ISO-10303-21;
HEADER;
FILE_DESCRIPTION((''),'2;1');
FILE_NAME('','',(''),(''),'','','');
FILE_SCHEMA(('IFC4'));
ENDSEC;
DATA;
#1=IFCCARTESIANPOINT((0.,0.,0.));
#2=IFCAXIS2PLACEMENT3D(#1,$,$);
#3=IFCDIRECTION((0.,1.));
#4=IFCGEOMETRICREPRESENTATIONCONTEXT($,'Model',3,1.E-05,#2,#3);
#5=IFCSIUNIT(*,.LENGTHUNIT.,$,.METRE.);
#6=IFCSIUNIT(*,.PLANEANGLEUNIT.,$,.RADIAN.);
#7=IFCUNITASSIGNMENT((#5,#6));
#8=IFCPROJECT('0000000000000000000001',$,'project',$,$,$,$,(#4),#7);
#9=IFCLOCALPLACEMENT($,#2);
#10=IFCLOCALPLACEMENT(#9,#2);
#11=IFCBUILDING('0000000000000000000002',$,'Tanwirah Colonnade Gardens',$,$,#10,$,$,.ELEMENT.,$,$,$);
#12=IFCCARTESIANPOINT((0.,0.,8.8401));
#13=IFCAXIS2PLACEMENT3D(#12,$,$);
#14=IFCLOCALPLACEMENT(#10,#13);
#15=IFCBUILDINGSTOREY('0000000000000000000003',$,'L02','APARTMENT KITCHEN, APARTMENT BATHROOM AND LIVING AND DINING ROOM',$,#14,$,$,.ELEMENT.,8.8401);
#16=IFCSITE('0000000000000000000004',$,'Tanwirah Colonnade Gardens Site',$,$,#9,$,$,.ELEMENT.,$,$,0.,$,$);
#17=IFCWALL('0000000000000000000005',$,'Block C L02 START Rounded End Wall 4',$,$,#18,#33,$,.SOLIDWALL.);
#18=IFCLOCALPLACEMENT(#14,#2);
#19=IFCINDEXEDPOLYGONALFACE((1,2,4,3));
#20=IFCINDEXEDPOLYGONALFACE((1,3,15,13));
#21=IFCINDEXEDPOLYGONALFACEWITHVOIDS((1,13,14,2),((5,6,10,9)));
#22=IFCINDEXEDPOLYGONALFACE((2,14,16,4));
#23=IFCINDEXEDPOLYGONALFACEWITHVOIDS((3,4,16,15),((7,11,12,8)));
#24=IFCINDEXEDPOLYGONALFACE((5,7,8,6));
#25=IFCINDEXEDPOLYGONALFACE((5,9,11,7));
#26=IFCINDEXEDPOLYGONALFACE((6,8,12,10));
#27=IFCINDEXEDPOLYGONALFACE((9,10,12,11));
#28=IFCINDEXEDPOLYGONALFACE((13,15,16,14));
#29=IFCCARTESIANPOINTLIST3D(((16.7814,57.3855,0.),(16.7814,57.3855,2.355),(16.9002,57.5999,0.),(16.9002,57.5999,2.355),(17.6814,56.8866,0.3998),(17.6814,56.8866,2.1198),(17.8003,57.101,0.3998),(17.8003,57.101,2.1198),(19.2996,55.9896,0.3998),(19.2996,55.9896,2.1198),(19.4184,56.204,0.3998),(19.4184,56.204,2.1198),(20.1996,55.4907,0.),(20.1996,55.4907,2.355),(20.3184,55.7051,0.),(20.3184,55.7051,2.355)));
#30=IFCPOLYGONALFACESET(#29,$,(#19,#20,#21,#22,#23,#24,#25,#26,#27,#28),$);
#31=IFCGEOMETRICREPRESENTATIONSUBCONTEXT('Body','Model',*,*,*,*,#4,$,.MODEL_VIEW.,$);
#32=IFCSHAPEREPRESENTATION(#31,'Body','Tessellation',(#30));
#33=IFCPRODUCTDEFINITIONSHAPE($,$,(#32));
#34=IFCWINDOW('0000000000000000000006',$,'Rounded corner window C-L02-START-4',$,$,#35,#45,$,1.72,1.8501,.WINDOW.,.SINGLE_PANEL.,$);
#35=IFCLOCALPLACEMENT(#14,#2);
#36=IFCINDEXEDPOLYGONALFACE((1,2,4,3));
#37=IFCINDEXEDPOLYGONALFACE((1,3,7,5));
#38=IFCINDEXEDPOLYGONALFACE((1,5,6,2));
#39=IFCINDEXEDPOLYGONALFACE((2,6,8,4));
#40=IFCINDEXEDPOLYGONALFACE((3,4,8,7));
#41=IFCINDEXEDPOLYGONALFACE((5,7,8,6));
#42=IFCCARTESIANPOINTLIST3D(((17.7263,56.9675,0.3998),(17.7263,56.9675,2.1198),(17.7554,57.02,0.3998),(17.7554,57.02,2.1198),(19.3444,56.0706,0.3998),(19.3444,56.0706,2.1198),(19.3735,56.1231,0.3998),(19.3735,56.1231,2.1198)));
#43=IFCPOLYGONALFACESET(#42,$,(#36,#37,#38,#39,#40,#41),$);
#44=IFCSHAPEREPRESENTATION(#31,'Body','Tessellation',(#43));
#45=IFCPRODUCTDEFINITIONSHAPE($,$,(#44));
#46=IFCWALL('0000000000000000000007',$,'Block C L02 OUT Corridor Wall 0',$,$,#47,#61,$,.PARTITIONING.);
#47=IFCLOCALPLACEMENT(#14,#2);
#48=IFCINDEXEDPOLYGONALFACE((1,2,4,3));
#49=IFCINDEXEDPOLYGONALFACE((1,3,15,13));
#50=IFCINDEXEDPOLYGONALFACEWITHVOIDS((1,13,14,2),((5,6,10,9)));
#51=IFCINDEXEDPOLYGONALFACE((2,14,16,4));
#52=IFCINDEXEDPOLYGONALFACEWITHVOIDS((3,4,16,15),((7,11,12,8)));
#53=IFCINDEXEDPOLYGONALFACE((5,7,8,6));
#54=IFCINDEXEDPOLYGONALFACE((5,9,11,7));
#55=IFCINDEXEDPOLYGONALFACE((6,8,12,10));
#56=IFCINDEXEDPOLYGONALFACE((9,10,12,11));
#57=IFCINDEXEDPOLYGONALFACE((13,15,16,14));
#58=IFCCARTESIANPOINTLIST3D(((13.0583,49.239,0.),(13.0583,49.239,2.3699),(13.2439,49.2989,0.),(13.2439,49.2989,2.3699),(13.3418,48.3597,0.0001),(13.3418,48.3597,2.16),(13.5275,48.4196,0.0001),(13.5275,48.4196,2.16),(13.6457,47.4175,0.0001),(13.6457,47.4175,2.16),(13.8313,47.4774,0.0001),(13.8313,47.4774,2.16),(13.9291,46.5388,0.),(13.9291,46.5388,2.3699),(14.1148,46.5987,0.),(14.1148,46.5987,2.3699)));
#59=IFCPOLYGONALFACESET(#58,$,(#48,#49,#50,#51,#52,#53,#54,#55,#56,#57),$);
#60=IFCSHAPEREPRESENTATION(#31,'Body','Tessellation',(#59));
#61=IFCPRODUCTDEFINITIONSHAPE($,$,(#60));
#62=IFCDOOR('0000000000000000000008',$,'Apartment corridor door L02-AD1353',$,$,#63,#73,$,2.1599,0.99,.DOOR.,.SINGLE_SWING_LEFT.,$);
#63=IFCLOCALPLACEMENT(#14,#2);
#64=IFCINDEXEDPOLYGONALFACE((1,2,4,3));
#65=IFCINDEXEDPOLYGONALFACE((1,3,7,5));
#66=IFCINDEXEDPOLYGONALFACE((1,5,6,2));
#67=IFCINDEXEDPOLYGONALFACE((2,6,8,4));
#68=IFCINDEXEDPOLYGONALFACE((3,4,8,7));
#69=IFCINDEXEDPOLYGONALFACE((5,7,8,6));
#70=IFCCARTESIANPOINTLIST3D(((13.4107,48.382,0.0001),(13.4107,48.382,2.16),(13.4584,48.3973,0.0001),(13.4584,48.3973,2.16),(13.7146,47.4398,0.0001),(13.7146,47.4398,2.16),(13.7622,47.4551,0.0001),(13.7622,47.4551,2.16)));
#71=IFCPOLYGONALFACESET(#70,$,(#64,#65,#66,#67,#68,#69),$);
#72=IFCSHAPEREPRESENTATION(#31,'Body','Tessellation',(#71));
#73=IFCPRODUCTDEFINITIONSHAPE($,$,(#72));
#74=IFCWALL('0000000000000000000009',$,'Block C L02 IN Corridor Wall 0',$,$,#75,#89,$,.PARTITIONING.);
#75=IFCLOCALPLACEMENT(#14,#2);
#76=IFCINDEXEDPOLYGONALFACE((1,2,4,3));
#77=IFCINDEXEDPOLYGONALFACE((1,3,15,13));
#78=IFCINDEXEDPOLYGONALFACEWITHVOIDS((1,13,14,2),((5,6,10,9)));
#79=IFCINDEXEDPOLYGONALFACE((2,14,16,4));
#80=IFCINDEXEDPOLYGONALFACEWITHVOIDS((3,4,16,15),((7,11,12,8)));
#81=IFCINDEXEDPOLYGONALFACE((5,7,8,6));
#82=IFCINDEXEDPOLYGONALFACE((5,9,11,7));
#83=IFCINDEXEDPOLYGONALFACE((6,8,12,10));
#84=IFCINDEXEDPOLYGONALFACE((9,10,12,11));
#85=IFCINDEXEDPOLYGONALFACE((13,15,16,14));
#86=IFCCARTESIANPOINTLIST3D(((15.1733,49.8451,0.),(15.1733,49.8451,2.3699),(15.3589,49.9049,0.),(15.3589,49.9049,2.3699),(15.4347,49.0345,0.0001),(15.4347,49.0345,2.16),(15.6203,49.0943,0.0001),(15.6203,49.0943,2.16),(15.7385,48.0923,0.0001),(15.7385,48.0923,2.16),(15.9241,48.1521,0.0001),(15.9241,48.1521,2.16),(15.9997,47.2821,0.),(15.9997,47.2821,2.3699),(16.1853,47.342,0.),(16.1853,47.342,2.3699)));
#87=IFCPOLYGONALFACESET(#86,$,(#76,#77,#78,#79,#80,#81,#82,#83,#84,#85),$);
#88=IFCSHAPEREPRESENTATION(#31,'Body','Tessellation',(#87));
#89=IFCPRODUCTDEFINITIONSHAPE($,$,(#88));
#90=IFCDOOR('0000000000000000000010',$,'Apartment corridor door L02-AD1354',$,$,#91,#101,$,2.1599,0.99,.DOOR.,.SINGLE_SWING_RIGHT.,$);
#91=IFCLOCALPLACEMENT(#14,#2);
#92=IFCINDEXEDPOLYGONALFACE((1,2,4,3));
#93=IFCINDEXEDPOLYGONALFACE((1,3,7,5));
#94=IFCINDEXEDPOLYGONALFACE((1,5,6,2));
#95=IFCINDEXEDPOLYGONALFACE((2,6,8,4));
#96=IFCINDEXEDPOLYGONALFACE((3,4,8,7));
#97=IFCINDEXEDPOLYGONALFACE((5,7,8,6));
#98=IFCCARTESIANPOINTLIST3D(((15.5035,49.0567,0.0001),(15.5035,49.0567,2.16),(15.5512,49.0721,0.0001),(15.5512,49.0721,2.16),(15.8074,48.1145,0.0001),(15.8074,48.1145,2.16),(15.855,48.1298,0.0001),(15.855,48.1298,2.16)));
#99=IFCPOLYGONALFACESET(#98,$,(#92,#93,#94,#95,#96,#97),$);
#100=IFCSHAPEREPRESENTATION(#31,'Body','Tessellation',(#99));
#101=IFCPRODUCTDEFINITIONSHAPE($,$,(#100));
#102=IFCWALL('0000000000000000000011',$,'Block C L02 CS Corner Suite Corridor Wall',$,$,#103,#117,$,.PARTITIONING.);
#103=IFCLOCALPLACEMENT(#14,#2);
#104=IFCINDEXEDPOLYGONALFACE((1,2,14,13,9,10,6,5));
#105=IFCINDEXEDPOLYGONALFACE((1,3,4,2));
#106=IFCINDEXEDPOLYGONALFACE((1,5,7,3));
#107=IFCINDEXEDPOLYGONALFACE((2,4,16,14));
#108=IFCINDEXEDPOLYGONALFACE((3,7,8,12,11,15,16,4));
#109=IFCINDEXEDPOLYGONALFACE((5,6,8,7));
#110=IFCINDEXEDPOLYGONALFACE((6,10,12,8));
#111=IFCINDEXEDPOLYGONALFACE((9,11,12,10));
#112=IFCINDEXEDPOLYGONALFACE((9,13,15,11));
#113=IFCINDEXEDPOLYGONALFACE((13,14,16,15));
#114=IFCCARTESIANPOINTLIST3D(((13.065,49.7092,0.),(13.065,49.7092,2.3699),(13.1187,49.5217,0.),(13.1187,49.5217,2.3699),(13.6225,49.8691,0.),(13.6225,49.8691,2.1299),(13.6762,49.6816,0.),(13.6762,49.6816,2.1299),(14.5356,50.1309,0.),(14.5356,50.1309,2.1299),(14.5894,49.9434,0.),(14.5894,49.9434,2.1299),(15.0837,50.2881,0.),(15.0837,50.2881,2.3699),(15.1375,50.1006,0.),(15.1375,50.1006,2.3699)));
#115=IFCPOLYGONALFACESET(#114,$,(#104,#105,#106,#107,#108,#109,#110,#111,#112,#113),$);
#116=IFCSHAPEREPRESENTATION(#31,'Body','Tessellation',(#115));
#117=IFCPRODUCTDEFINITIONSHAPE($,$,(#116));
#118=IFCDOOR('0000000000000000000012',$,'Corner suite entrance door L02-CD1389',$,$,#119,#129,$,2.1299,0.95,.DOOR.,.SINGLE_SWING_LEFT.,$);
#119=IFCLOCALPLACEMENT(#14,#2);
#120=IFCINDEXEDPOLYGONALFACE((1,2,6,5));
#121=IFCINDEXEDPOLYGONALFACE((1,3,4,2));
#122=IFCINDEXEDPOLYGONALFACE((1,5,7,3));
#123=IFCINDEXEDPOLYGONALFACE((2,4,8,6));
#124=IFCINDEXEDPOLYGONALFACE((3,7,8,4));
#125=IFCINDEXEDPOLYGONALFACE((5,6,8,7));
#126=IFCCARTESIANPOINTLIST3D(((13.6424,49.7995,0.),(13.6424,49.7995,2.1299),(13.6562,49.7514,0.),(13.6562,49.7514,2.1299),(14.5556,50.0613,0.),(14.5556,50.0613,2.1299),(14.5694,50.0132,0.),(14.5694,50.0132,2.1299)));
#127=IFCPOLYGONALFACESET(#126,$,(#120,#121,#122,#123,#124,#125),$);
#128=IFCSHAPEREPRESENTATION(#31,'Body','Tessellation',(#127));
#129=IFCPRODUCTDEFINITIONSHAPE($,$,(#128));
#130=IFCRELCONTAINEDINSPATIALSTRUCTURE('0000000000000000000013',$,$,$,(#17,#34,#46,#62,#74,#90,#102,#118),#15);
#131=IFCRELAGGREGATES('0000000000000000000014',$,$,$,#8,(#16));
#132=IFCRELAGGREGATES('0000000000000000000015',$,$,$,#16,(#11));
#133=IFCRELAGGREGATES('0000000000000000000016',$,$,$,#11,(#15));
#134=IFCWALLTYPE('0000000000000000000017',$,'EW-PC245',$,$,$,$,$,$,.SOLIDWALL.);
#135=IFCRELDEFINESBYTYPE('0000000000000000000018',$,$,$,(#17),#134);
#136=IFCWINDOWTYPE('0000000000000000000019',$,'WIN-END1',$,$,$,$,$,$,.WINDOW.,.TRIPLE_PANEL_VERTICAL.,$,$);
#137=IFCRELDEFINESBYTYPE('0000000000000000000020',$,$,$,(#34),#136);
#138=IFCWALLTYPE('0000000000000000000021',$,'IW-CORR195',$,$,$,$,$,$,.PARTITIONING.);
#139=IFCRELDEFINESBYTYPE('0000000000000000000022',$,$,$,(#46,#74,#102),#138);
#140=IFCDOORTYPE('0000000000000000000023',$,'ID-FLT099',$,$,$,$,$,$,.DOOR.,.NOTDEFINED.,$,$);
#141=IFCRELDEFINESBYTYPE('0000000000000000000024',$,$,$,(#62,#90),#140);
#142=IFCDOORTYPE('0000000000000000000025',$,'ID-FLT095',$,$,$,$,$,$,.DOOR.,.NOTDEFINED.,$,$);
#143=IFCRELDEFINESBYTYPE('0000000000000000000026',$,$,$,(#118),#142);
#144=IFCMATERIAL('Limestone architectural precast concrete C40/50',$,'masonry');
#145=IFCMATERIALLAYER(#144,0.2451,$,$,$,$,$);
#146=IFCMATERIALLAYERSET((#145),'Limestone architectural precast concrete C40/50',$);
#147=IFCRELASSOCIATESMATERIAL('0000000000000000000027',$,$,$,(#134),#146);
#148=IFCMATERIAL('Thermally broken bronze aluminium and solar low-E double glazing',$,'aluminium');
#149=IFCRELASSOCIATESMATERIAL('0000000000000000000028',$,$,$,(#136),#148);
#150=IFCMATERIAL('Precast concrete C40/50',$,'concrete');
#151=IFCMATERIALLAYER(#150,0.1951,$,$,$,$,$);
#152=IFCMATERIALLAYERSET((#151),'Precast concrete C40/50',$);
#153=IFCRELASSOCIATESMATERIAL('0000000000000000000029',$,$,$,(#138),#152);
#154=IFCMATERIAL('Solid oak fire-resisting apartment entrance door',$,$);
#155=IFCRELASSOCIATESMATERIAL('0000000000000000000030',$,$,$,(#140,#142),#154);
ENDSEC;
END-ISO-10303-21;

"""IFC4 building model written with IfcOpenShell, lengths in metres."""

from ifc_helpers import new_model, si_unit, direction, frame, frame_2d, origin, place, context, subcontext, project, spatial, rectangle, extrude, material, layer, layer_set, type_object, element, fill, save


model = new_model("IFC4")

# Units and contexts
model_context = context("Model", 3, precision=1e-05, world=origin(), true_north=direction((0.0, 1.0)))
body_context = subcontext(model_context, "Body", "Model", "MODEL_VIEW")
ifc_project = project(units=[si_unit("LENGTHUNIT", "METRE"), si_unit("PLANEANGLEUNIT", "RADIAN")], contexts=[model_context])

# Site, building, storey
site_placement = place(None, origin())
site = spatial("IfcSite", under=ifc_project, at=site_placement, Name="Tanwirah Colonnade Gardens Site", CompositionType="ELEMENT", RefElevation=0.0)
building_placement = place(site_placement, origin())
building = spatial("IfcBuilding", under=site, at=building_placement, Name="Tanwirah Colonnade Gardens", CompositionType="ELEMENT")
storey_placement = place(building_placement, frame((0.0, 0.0, 8.8401)))
storey = spatial("IfcBuildingStorey", under=building, at=storey_placement, Name="L02", Description="APARTMENT KITCHEN, APARTMENT BATHROOM AND LIVING AND DINING ROOM", CompositionType="ELEMENT", Elevation=8.8401)

# Shared definitions
ifc_material_1 = material(Name="Precast concrete C40/50", Category="concrete")

# Wall, opening, window
ifc_material_2 = material(Name="Limestone architectural precast concrete C40/50", Category="masonry")
ifc_layer_1 = layer(ifc_material_2, 0.2451)
ifc_layer_set_1 = layer_set([ifc_layer_1], Name="Limestone architectural precast concrete C40/50")
wall_type_1 = type_object("IfcWallType", Name="EW-PC245", PredefinedType="SOLIDWALL", material=ifc_layer_set_1)
ifc_material_3 = material(Name="Thermally broken bronze aluminium and solar low-E double glazing", Category="aluminium")
window_type_1 = type_object("IfcWindowType", Name="WIN-END1", PartitioningType="TRIPLE_PANEL_VERTICAL", PredefinedType="WINDOW", material=ifc_material_3)
wall_1_placement = place(storey_placement, frame((16.8408, 57.4927, 0.0), z_axis=(0.0, 0.0, 1.0), x_axis=(0.874617, -0.484815, 0.0)))
wall_1 = element("IfcWall", 1, at=wall_1_placement, inside=storey, type_object=wall_type_1, Name="Block C L02 START Rounded End Wall 4", PredefinedType="SOLIDWALL", context=body_context, shape_type="SweptSolid", body=[
    extrude(rectangle(XDim=3.9082, YDim=0.2451, at=frame_2d((1.9541, 0.0))), origin(), (0.0, 0.0, 1.0), 2.355),
])
opening_1_placement = place(wall_1_placement, frame((1.0291, 0.0, 0.3999)))
opening_1 = element("IfcOpeningElement", 2, at=opening_1_placement, cuts=wall_1, PredefinedType="OPENING", context=body_context, shape_type="SweptSolid", body=[
    extrude(rectangle(XDim=1.8501, YDim=1.72, at=frame_2d((0.925, 0.8599))), frame((0.0, 0.1326, 0.0), z_axis=(0.0, -1.0, 0.0), x_axis=(1.0, 0.0, 0.0)), (0.0, 0.0, 1.0), 0.2651),
])
window_1_placement = place(opening_1_placement, origin())
window_1 = element("IfcWindow", 3, at=window_1_placement, inside=storey, type_object=window_type_1, Name="Rounded corner window C-L02-START-4", OverallHeight=1.72, OverallWidth=1.8501, PartitioningType="SINGLE_PANEL", PredefinedType="WINDOW", context=body_context, shape_type="SweptSolid", body=[
    extrude(rectangle(XDim=1.8501, YDim=1.72, at=frame_2d((0.925, 0.8599))), frame((0.0, 0.03, 0.0), z_axis=(0.0, -1.0, 0.0), x_axis=(1.0, 0.0, 0.0)), (0.0, 0.0, 1.0), 0.0601),
])
fill(opening_1, window_1)

# Walls, openings, doors
ifc_layer_2 = layer(ifc_material_1, 0.1951)
ifc_layer_set_2 = layer_set([ifc_layer_2], Name="Precast concrete C40/50")
wall_type_2 = type_object("IfcWallType", Name="IW-CORR195", PredefinedType="PARTITIONING", material=ifc_layer_set_2)
wall_2_placement = place(storey_placement, frame((13.1511, 49.2688, 0.0), z_axis=(0.0, 0.0, 1.0), x_axis=(0.306945, -0.951727, 0.0)))
wall_2 = element("IfcWall", 4, at=wall_2_placement, inside=storey, type_object=wall_type_2, Name="Block C L02 OUT Corridor Wall 0", PredefinedType="PARTITIONING", context=body_context, shape_type="SweptSolid", body=[
    extrude(rectangle(XDim=2.8372, YDim=0.1951, at=frame_2d((1.4185, 0.0))), origin(), (0.0, 0.0, 1.0), 2.3699),
])
opening_2_placement = place(wall_2_placement, frame((0.9236, 0.0, 0.0)))
opening_2 = element("IfcOpeningElement", 5, at=opening_2_placement, cuts=wall_2, PredefinedType="OPENING", context=body_context, shape_type="SweptSolid", body=[
    extrude(rectangle(XDim=0.99, YDim=2.1599, at=frame_2d((0.4951, 1.0801))), frame((0.0, 0.1074, 0.0), z_axis=(0.0, -1.0, 0.0), x_axis=(1.0, 0.0, 0.0)), (0.0, 0.0, 1.0), 0.2151),
])
ifc_material_4 = material(Name="Solid oak fire-resisting apartment entrance door")
door_type_1 = type_object("IfcDoorType", Name="ID-FLT099", OperationType="NOTDEFINED", PredefinedType="DOOR", material=ifc_material_4)
door_1_placement = place(opening_2_placement, origin())
door_1 = element("IfcDoor", 6, at=door_1_placement, inside=storey, type_object=door_type_1, Name="Apartment corridor door L02-AD1353", OperationType="SINGLE_SWING_LEFT", OverallHeight=2.1599, OverallWidth=0.99, PredefinedType="DOOR", context=body_context, shape_type="SweptSolid", body=[
    extrude(rectangle(XDim=0.99, YDim=2.1599, at=frame_2d((0.4951, 1.0801))), frame((0.0, 0.0249, 0.0), z_axis=(0.0, -1.0, 0.0), x_axis=(1.0, 0.0, 0.0)), (0.0, 0.0, 1.0), 0.05),
])
fill(opening_2, door_1)
wall_3_placement = place(storey_placement, frame((15.2661, 49.875, 0.0), z_axis=(0.0, 0.0, 1.0), x_axis=(0.306884, -0.951747, 0.0)))
wall_3 = element("IfcWall", 7, at=wall_3_placement, inside=storey, type_object=wall_type_2, Name="Block C L02 IN Corridor Wall 0", PredefinedType="PARTITIONING", context=body_context, shape_type="SweptSolid", body=[
    extrude(rectangle(XDim=2.6929, YDim=0.1951, at=frame_2d((1.3464, 0.0))), origin(), (0.0, 0.0, 1.0), 2.3699),
])
opening_3_placement = place(wall_3_placement, frame((0.8516, 0.0, 0.0)))
opening_3 = element("IfcOpeningElement", 8, at=opening_3_placement, cuts=wall_3, PredefinedType="OPENING", context=body_context, shape_type="SweptSolid", body=[
    extrude(rectangle(XDim=0.99, YDim=2.1599, at=frame_2d((0.4951, 1.0801))), frame((0.0, 0.1074, 0.0), z_axis=(0.0, -1.0, 0.0), x_axis=(1.0, 0.0, 0.0)), (0.0, 0.0, 1.0), 0.2151),
])
door_2_placement = place(opening_3_placement, origin())
door_2 = element("IfcDoor", 9, at=door_2_placement, inside=storey, type_object=door_type_1, Name="Apartment corridor door L02-AD1354", OperationType="SINGLE_SWING_RIGHT", OverallHeight=2.1599, OverallWidth=0.99, PredefinedType="DOOR", context=body_context, shape_type="SweptSolid", body=[
    extrude(rectangle(XDim=0.99, YDim=2.1599, at=frame_2d((0.4951, 1.0801))), frame((0.0, 0.0249, 0.0), z_axis=(0.0, -1.0, 0.0), x_axis=(1.0, 0.0, 0.0)), (0.0, 0.0, 1.0), 0.05),
])
fill(opening_3, door_2)
wall_4_placement = place(storey_placement, frame((15.1106, 50.1943, 0.0), z_axis=(0.0, 0.0, 1.0), x_axis=(-0.961265, -0.275627, 0.0)))
wall_4 = element("IfcWall", 10, at=wall_4_placement, inside=storey, type_object=wall_type_2, Name="Block C L02 CS Corner Suite Corridor Wall", PredefinedType="PARTITIONING", context=body_context, shape_type="SweptSolid", body=[
    extrude(rectangle(XDim=2.1001, YDim=0.1951, at=frame_2d((1.05, 0.0))), origin(), (0.0, 0.0, 1.0), 2.3699),
])
opening_4_placement = place(wall_4_placement, frame((0.5701, 0.0, 0.0)))
opening_4 = element("IfcOpeningElement", 11, at=opening_4_placement, cuts=wall_4, PredefinedType="OPENING", context=body_context, shape_type="SweptSolid", body=[
    extrude(rectangle(XDim=0.95, YDim=2.1299, at=frame_2d((0.4751, 1.0649))), frame((0.0, 0.1074, 0.0), z_axis=(0.0, -1.0, 0.0), x_axis=(1.0, 0.0, 0.0)), (0.0, 0.0, 1.0), 0.2151),
])
door_type_2 = type_object("IfcDoorType", Name="ID-FLT095", OperationType="NOTDEFINED", PredefinedType="DOOR", material=ifc_material_4)
door_3_placement = place(opening_4_placement, origin())
door_3 = element("IfcDoor", 12, at=door_3_placement, inside=storey, type_object=door_type_2, Name="Corner suite entrance door L02-CD1389", OperationType="SINGLE_SWING_LEFT", OverallHeight=2.1299, OverallWidth=0.95, PredefinedType="DOOR", context=body_context, shape_type="SweptSolid", body=[
    extrude(rectangle(XDim=0.95, YDim=2.1299, at=frame_2d((0.4751, 1.0649))), frame((0.0, 0.0249, 0.0), z_axis=(0.0, -1.0, 0.0), x_axis=(1.0, 0.0, 0.0)), (0.0, 0.0, 1.0), 0.05),
])
fill(opening_4, door_3)

save(model, "model.ifc")
